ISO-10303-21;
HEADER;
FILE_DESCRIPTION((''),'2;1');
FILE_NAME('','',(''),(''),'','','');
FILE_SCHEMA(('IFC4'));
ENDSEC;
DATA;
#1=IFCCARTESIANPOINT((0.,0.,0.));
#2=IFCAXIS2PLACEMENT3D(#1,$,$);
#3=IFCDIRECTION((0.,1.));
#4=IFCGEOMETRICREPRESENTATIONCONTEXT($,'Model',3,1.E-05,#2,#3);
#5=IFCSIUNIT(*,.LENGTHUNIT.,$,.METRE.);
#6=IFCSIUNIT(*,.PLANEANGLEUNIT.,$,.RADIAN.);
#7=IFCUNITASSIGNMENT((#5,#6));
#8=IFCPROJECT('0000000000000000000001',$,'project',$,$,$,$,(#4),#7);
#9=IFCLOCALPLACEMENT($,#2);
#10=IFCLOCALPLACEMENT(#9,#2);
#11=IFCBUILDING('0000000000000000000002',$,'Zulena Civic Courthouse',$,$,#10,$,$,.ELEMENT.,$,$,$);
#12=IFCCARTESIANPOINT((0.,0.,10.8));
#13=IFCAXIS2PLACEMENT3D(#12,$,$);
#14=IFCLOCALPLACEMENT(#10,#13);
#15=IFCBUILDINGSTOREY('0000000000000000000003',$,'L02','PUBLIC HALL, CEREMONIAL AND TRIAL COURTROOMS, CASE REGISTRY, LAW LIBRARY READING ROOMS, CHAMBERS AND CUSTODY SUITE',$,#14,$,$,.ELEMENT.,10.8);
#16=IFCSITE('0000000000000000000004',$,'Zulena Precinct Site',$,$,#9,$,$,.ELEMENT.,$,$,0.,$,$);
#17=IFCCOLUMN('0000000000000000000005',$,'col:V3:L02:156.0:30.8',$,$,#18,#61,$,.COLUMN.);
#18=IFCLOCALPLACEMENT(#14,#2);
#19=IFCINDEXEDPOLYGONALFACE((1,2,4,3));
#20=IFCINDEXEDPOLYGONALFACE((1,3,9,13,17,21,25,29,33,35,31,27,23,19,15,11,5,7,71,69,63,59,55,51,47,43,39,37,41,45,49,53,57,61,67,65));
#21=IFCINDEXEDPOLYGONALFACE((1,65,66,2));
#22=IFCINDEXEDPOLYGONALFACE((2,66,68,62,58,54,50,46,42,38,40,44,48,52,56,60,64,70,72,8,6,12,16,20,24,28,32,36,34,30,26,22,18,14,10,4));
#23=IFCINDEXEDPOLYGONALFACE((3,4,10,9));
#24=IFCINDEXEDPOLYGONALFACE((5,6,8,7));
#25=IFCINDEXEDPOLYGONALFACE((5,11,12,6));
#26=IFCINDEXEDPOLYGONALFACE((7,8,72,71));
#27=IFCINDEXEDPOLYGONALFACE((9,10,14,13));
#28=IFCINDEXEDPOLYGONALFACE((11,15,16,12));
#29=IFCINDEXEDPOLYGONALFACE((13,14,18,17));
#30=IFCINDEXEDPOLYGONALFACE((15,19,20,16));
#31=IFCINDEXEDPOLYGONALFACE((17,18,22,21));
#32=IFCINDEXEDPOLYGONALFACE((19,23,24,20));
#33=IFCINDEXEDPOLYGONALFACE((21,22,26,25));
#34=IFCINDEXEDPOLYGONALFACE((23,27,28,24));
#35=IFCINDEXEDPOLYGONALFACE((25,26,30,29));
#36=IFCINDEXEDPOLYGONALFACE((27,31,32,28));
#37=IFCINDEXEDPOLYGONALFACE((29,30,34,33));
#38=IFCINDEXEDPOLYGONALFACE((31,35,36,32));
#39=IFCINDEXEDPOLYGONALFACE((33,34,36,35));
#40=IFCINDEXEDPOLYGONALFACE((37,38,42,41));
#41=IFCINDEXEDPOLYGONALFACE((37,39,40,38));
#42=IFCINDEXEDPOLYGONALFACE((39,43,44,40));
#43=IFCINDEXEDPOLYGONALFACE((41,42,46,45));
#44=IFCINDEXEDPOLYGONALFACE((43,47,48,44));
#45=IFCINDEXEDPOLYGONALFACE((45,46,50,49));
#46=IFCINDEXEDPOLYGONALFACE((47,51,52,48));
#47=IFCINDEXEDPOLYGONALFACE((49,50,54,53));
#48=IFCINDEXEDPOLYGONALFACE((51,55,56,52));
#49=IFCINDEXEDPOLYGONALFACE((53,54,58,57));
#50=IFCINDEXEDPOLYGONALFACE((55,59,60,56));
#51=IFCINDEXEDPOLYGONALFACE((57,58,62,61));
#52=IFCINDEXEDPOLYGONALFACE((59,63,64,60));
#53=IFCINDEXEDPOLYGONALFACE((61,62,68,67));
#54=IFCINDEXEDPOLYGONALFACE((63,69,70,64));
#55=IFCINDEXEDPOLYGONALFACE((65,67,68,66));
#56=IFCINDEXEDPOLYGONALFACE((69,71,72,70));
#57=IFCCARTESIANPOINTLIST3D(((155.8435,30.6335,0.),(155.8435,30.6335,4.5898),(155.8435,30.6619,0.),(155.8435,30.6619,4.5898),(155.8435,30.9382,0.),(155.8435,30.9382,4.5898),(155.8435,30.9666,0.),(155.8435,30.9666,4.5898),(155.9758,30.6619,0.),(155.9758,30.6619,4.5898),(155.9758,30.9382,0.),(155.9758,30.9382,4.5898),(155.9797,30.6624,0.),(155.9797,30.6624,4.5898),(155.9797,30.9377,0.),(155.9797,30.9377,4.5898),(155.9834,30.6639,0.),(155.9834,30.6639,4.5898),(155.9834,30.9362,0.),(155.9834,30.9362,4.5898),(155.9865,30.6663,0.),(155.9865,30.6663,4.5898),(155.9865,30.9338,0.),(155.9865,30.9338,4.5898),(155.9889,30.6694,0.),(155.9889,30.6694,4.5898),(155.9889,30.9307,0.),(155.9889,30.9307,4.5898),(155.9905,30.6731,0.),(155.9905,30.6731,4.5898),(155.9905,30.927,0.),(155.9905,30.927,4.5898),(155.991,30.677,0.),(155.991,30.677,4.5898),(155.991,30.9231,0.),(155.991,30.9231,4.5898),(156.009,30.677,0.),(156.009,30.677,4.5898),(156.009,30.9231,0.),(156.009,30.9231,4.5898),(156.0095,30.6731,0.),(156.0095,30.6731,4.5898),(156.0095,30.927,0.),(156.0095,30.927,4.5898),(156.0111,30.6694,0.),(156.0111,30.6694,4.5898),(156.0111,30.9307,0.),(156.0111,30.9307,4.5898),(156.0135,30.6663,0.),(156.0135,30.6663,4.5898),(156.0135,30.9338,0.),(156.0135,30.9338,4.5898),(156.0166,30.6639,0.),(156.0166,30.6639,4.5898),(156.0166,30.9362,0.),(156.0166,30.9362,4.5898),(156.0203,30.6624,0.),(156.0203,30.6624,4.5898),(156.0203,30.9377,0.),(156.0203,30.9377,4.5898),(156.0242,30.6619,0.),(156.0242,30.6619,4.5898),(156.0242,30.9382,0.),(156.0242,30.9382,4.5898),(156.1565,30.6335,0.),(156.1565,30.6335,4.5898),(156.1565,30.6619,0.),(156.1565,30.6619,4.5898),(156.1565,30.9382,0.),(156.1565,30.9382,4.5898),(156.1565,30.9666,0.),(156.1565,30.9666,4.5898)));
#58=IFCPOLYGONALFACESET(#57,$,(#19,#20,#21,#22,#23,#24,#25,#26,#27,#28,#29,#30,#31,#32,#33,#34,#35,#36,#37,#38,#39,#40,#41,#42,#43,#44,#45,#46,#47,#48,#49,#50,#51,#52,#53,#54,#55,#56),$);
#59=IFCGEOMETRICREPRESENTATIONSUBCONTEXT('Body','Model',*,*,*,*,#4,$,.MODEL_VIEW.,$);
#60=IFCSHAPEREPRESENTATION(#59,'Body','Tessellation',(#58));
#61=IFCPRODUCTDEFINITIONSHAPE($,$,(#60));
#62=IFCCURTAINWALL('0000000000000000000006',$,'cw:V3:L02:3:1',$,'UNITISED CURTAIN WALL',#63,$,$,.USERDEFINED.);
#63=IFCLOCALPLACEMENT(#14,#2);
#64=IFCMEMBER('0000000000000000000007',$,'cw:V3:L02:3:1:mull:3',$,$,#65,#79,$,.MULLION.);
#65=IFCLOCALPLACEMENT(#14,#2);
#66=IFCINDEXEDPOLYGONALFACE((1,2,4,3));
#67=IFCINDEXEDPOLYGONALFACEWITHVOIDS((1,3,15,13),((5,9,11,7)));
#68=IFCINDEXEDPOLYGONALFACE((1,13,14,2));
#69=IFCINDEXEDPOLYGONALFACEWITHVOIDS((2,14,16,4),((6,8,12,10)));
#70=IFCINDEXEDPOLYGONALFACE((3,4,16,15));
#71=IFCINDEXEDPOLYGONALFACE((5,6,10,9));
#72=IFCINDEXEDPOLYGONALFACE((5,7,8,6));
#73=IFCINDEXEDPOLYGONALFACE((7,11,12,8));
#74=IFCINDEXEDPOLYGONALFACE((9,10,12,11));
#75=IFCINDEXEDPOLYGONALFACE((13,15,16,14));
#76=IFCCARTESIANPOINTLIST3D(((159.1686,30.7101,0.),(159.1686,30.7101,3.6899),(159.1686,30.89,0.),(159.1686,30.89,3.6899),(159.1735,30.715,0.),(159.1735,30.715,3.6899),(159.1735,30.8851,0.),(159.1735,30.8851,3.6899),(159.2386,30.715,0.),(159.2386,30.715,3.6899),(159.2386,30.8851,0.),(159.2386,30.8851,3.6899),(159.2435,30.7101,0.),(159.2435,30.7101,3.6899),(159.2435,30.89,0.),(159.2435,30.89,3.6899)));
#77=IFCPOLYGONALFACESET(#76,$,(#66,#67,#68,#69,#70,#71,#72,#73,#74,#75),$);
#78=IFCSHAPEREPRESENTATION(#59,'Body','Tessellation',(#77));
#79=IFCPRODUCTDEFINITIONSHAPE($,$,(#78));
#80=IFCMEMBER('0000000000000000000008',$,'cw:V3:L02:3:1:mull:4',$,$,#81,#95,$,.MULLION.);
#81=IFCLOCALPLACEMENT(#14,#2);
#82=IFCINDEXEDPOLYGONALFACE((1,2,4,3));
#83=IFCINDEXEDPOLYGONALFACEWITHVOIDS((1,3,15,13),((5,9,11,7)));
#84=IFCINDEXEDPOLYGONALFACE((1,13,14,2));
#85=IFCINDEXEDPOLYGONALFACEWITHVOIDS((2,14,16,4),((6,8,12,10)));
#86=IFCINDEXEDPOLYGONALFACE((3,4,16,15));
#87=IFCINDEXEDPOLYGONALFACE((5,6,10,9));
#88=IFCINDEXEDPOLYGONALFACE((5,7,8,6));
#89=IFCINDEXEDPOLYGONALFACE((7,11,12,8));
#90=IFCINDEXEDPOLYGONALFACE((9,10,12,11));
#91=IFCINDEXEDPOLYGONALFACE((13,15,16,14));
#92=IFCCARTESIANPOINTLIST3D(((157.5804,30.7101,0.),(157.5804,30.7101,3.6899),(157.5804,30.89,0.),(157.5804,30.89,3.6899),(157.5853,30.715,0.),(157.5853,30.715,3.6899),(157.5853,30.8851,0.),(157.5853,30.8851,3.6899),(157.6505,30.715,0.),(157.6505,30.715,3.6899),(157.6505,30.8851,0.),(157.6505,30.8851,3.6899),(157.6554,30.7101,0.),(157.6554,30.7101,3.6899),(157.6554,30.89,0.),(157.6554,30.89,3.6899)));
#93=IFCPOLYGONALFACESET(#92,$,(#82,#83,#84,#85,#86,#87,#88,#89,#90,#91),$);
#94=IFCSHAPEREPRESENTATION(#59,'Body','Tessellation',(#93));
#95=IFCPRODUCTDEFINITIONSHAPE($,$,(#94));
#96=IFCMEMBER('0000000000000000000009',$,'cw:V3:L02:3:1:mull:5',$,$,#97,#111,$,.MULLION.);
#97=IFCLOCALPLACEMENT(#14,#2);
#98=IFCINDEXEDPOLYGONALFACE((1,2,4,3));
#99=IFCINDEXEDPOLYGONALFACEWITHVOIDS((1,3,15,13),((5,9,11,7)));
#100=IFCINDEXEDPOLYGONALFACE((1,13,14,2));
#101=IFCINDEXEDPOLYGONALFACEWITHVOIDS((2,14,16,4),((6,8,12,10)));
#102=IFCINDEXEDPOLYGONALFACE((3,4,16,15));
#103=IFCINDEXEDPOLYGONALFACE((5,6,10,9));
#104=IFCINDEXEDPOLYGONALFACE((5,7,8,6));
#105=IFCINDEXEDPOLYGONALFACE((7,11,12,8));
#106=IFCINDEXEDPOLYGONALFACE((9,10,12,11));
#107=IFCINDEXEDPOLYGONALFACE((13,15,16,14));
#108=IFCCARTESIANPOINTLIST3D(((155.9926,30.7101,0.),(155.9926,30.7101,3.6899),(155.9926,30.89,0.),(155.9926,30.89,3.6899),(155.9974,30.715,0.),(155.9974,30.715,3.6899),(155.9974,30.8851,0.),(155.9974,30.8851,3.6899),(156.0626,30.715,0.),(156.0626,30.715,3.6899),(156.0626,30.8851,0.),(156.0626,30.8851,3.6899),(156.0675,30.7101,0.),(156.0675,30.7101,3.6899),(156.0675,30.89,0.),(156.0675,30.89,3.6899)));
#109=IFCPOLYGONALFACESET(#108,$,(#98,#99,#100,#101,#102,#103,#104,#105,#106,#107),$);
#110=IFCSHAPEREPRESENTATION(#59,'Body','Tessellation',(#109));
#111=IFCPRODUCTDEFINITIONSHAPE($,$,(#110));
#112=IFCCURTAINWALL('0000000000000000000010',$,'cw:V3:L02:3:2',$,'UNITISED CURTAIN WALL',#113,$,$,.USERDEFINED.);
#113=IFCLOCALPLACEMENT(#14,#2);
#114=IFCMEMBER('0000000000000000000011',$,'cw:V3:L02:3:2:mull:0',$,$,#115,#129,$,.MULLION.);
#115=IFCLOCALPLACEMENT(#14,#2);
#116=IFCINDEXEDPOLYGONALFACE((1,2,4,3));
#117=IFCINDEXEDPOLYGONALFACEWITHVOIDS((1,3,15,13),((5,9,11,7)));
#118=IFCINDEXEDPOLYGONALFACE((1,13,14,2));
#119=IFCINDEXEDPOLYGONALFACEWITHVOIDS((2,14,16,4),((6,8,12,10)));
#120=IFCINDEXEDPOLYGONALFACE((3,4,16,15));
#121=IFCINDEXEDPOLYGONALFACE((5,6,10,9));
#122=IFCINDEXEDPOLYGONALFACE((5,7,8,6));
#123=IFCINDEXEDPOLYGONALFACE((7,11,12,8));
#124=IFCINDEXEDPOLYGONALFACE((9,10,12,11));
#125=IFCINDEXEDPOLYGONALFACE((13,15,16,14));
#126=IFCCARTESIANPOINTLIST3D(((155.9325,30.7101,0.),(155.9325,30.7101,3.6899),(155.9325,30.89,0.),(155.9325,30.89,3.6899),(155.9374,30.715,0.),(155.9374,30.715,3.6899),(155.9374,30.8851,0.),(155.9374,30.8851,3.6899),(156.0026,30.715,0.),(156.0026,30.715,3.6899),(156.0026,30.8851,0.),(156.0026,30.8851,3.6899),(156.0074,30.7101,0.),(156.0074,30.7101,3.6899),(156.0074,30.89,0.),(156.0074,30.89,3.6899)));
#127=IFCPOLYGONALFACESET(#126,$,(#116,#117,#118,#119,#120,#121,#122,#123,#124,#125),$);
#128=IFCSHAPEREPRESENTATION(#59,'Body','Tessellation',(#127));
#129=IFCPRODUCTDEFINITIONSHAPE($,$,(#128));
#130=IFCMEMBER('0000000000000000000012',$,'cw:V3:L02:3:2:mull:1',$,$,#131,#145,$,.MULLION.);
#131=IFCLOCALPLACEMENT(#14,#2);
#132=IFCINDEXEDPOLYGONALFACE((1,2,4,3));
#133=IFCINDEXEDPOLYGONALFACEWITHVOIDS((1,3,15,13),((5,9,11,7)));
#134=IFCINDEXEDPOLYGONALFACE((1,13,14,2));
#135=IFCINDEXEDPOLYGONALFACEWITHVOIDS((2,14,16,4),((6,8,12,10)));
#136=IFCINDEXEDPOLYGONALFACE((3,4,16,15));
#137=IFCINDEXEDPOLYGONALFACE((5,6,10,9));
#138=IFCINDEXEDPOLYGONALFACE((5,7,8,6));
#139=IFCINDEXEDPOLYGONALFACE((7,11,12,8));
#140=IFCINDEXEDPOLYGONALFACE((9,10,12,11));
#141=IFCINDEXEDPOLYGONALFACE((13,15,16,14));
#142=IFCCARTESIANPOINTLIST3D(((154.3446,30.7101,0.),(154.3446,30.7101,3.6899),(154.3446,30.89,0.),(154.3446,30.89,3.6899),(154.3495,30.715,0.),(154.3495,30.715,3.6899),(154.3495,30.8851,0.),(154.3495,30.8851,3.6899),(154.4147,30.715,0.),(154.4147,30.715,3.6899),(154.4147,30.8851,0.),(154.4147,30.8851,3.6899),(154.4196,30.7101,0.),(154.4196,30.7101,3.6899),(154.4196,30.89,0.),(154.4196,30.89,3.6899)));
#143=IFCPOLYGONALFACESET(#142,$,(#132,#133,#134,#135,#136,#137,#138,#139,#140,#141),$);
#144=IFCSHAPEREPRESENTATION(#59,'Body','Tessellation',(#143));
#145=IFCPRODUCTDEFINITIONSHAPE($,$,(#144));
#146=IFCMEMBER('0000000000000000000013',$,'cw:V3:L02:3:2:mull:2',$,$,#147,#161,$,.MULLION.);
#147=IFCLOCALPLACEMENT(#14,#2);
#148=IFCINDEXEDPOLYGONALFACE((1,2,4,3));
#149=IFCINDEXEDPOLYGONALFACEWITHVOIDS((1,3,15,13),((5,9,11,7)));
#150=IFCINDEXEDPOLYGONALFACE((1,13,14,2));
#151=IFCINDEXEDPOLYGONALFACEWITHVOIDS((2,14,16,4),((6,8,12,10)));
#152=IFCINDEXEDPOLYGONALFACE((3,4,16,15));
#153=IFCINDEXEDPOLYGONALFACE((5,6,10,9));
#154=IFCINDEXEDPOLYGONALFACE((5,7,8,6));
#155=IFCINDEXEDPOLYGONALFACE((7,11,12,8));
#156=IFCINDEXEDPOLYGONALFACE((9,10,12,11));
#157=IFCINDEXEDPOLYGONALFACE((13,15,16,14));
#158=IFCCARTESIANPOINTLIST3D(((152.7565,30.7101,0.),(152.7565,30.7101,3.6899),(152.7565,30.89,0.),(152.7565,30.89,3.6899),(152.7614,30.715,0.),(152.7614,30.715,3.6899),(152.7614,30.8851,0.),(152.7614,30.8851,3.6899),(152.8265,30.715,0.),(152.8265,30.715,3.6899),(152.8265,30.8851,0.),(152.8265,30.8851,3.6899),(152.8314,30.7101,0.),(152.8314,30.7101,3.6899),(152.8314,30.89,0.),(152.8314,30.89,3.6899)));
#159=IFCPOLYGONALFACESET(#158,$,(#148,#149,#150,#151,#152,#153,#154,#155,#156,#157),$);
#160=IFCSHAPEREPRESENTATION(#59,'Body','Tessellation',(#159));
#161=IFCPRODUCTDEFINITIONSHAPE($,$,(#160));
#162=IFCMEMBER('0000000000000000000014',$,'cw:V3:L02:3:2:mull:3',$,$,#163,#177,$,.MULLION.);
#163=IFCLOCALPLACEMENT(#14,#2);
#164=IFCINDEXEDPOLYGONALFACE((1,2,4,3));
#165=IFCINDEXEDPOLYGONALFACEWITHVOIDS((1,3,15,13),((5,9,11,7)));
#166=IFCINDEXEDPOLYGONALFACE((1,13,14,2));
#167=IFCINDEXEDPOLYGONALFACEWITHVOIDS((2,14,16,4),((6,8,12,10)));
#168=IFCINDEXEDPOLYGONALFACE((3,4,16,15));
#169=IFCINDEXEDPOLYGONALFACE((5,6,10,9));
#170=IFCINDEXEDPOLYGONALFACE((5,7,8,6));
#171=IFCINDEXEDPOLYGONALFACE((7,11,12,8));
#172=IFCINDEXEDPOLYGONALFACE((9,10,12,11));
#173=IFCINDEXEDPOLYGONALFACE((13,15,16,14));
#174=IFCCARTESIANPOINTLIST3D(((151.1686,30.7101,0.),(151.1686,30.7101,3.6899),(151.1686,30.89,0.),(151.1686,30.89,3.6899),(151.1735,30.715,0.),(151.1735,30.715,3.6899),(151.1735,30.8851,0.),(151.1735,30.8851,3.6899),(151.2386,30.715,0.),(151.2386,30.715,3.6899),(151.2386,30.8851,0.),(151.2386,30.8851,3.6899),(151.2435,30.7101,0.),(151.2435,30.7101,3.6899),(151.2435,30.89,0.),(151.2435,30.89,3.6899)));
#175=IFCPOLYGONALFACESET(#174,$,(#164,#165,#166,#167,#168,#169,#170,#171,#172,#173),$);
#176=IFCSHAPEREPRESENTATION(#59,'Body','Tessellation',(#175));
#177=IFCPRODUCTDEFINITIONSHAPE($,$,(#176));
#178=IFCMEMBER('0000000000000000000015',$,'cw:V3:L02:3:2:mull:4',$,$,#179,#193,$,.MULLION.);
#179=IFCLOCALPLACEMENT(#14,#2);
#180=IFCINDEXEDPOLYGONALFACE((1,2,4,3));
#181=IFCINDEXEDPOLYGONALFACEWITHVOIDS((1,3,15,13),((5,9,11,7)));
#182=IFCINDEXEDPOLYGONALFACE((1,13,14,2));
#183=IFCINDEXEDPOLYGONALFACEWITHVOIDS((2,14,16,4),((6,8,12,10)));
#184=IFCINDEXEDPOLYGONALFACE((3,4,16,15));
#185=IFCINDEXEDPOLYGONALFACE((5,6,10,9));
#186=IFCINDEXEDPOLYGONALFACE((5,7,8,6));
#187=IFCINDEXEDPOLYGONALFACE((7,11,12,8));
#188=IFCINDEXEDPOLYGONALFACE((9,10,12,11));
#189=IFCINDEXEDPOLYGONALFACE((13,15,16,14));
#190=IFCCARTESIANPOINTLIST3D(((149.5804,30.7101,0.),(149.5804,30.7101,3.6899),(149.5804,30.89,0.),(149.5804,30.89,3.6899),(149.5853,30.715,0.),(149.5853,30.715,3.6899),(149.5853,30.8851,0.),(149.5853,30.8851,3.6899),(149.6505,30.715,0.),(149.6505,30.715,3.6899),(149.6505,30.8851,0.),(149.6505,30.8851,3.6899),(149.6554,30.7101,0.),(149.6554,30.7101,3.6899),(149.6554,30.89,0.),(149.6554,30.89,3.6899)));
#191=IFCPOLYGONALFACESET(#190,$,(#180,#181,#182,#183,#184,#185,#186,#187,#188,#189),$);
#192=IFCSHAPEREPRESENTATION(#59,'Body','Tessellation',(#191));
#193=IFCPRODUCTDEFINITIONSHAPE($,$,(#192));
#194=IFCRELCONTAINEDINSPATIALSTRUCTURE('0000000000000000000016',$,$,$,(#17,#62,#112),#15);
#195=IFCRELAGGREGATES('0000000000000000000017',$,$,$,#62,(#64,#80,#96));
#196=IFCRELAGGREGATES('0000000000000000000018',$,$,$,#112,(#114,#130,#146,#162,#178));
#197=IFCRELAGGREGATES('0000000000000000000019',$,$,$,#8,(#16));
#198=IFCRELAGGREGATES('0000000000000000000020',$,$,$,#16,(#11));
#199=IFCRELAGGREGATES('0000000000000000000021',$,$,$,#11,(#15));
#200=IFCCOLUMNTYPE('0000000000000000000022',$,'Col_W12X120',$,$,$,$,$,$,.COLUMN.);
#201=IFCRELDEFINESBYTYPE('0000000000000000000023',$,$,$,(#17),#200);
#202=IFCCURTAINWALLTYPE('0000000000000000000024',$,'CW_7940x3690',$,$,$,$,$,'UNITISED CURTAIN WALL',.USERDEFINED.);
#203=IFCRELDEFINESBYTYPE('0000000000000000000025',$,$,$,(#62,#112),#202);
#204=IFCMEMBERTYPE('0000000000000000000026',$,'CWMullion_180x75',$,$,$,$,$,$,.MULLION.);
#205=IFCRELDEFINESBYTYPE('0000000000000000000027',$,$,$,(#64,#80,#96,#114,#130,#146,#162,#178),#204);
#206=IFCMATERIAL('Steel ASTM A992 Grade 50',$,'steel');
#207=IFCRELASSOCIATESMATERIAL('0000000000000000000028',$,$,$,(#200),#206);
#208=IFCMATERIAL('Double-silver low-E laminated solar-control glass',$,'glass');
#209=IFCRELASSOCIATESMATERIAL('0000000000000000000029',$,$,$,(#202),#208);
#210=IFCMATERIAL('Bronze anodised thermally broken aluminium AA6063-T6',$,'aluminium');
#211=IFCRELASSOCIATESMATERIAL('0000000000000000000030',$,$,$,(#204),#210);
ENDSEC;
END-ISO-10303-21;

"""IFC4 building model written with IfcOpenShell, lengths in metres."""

from ifc_helpers import new_model, si_unit, direction, frame, origin, origin_2d, place, context, subcontext, project, spatial, hollow_rectangle, i_section, extrude, material, material_profile, profile_set, type_object, element, aggregate, save


model = new_model("IFC4")

# Units and contexts
model_context = context("Model", 3, precision=1e-05, world=origin(), true_north=direction((0.0, 1.0)))
body_context = subcontext(model_context, "Body", "Model", "MODEL_VIEW")
ifc_project = project(units=[si_unit("LENGTHUNIT", "METRE"), si_unit("PLANEANGLEUNIT", "RADIAN")], contexts=[model_context])

# Site, building, storey
site_placement = place(None, origin())
site = spatial("IfcSite", under=ifc_project, at=site_placement, Name="Zulena Precinct Site", CompositionType="ELEMENT", RefElevation=0.0)
building_placement = place(site_placement, origin())
building = spatial("IfcBuilding", under=site, at=building_placement, Name="Zulena Civic Courthouse", CompositionType="ELEMENT")
storey_placement = place(building_placement, frame((0.0, 0.0, 10.8)))
storey = spatial("IfcBuildingStorey", under=building, at=storey_placement, Name="L02", Description="PUBLIC HALL, CEREMONIAL AND TRIAL COURTROOMS, CASE REGISTRY, LAW LIBRARY READING ROOMS, CHAMBERS AND CUSTODY SUITE", CompositionType="ELEMENT", Elevation=10.8)

# Column
ifc_material_1 = material(Name="Steel ASTM A992 Grade 50", Category="steel")
ifc_material_profile_1 = material_profile(ifc_material_1, i_section(OverallWidth=0.313, OverallDepth=0.333, WebThickness=0.0181, FlangeThickness=0.0283, FilletRadius=0.0151, at=origin_2d()), Name="W12X120")
ifc_profile_set_1 = profile_set([ifc_material_profile_1], Name="Steel ASTM A992 Grade 50")
column_type = type_object("IfcColumnType", Name="Col_W12X120", PredefinedType="COLUMN", material=ifc_profile_set_1)
column_placement = place(storey_placement, frame((156.0, 30.8, 0.0), z_axis=(0.0, 0.0, 1.0), x_axis=(1.0, 0.0, 0.0)))
element("IfcColumn", 1, at=column_placement, inside=storey, type_object=column_type, Name="col:V3:L02:156.0:30.8", PredefinedType="COLUMN", context=body_context, shape_type="SweptSolid", body=[
    extrude(i_section(OverallWidth=0.313, OverallDepth=0.333, WebThickness=0.0181, FlangeThickness=0.0283, FilletRadius=0.0151, at=origin_2d()), origin(), (0.0, 0.0, 1.0), 4.5898),
])

# Curtain walls, members
ifc_material_2 = material(Name="Double-silver low-E laminated solar-control glass", Category="glass")
curtain_wall_type = type_object("IfcCurtainWallType", Name="CW_7940x3690", ElementType="UNITISED CURTAIN WALL", PredefinedType="USERDEFINED", material=ifc_material_2)
curtain_wall_1_placement = place(storey_placement, origin())
curtain_wall_1 = element("IfcCurtainWall", 2, at=curtain_wall_1_placement, inside=storey, type_object=curtain_wall_type, Name="cw:V3:L02:3:1", ObjectType="UNITISED CURTAIN WALL", PredefinedType="USERDEFINED")
ifc_material_3 = material(Name="Bronze anodised thermally broken aluminium AA6063-T6", Category="aluminium")
ifc_material_profile_2 = material_profile(ifc_material_3, hollow_rectangle(XDim=0.075, YDim=0.1799, WallThickness=0.0049, at=origin_2d()), Name="CWM180X75X5")
ifc_profile_set_2 = profile_set([ifc_material_profile_2], Name="Bronze anodised thermally broken aluminium AA6063-T6")
member_type_1 = type_object("IfcMemberType", Name="CWMullion_180x75", PredefinedType="MULLION", material=ifc_profile_set_2)
member_1_placement = place(storey_placement, frame((159.2061, 30.8, 0.0), z_axis=(0.0, 0.0, 1.0), x_axis=(1.0, 0.0, 0.0)))
member_1 = element("IfcMember", 3, at=member_1_placement, type_object=member_type_1, Name="cw:V3:L02:3:1:mull:3", PredefinedType="MULLION", context=body_context, shape_type="SweptSolid", body=[
    extrude(hollow_rectangle(XDim=0.075, YDim=0.1799, WallThickness=0.0049, at=origin_2d()), origin(), (0.0, 0.0, 1.0), 3.6899),
])
member_2_placement = place(storey_placement, frame((157.6179, 30.8, 0.0), z_axis=(0.0, 0.0, 1.0), x_axis=(1.0, 0.0, 0.0)))
member_2 = element("IfcMember", 4, at=member_2_placement, type_object=member_type_1, Name="cw:V3:L02:3:1:mull:4", PredefinedType="MULLION", context=body_context, shape_type="SweptSolid", body=[
    extrude(hollow_rectangle(XDim=0.075, YDim=0.1799, WallThickness=0.0049, at=origin_2d()), origin(), (0.0, 0.0, 1.0), 3.6899),
])
member_3_placement = place(storey_placement, frame((156.03, 30.8, 0.0), z_axis=(0.0, 0.0, 1.0), x_axis=(1.0, 0.0, 0.0)))
member_3 = element("IfcMember", 5, at=member_3_placement, type_object=member_type_1, Name="cw:V3:L02:3:1:mull:5", PredefinedType="MULLION", context=body_context, shape_type="SweptSolid", body=[
    extrude(hollow_rectangle(XDim=0.075, YDim=0.1799, WallThickness=0.0049, at=origin_2d()), origin(), (0.0, 0.0, 1.0), 3.6899),
])
curtain_wall_2_placement = place(storey_placement, origin())
curtain_wall_2 = element("IfcCurtainWall", 6, at=curtain_wall_2_placement, inside=storey, type_object=curtain_wall_type, Name="cw:V3:L02:3:2", ObjectType="UNITISED CURTAIN WALL", PredefinedType="USERDEFINED")
member_4_placement = place(storey_placement, frame((155.97, 30.8, 0.0), z_axis=(0.0, 0.0, 1.0), x_axis=(1.0, 0.0, 0.0)))
member_4 = element("IfcMember", 7, at=member_4_placement, type_object=member_type_1, Name="cw:V3:L02:3:2:mull:0", PredefinedType="MULLION", context=body_context, shape_type="SweptSolid", body=[
    extrude(hollow_rectangle(XDim=0.075, YDim=0.1799, WallThickness=0.0049, at=origin_2d()), origin(), (0.0, 0.0, 1.0), 3.6899),
])
member_5_placement = place(storey_placement, frame((154.3821, 30.8, 0.0), z_axis=(0.0, 0.0, 1.0), x_axis=(1.0, 0.0, 0.0)))
member_5 = element("IfcMember", 8, at=member_5_placement, type_object=member_type_1, Name="cw:V3:L02:3:2:mull:1", PredefinedType="MULLION", context=body_context, shape_type="SweptSolid", body=[
    extrude(hollow_rectangle(XDim=0.075, YDim=0.1799, WallThickness=0.0049, at=origin_2d()), origin(), (0.0, 0.0, 1.0), 3.6899),
])
member_6_placement = place(storey_placement, frame((152.7939, 30.8, 0.0), z_axis=(0.0, 0.0, 1.0), x_axis=(1.0, 0.0, 0.0)))
member_6 = element("IfcMember", 9, at=member_6_placement, type_object=member_type_1, Name="cw:V3:L02:3:2:mull:2", PredefinedType="MULLION", context=body_context, shape_type="SweptSolid", body=[
    extrude(hollow_rectangle(XDim=0.075, YDim=0.1799, WallThickness=0.0049, at=origin_2d()), origin(), (0.0, 0.0, 1.0), 3.6899),
])
member_7_placement = place(storey_placement, frame((151.2061, 30.8, 0.0), z_axis=(0.0, 0.0, 1.0), x_axis=(1.0, 0.0, 0.0)))
member_7 = element("IfcMember", 10, at=member_7_placement, type_object=member_type_1, Name="cw:V3:L02:3:2:mull:3", PredefinedType="MULLION", context=body_context, shape_type="SweptSolid", body=[
    extrude(hollow_rectangle(XDim=0.075, YDim=0.1799, WallThickness=0.0049, at=origin_2d()), origin(), (0.0, 0.0, 1.0), 3.6899),
])
member_8_placement = place(storey_placement, frame((149.6179, 30.8, 0.0), z_axis=(0.0, 0.0, 1.0), x_axis=(1.0, 0.0, 0.0)))
member_8 = element("IfcMember", 11, at=member_8_placement, type_object=member_type_1, Name="cw:V3:L02:3:2:mull:4", PredefinedType="MULLION", context=body_context, shape_type="SweptSolid", body=[
    extrude(hollow_rectangle(XDim=0.075, YDim=0.1799, WallThickness=0.0049, at=origin_2d()), origin(), (0.0, 0.0, 1.0), 3.6899),
])

aggregate(curtain_wall_1, [member_1, member_2, member_3])
aggregate(curtain_wall_2, [member_4, member_5, member_6, member_7, member_8])

save(model, "model.ifc")
